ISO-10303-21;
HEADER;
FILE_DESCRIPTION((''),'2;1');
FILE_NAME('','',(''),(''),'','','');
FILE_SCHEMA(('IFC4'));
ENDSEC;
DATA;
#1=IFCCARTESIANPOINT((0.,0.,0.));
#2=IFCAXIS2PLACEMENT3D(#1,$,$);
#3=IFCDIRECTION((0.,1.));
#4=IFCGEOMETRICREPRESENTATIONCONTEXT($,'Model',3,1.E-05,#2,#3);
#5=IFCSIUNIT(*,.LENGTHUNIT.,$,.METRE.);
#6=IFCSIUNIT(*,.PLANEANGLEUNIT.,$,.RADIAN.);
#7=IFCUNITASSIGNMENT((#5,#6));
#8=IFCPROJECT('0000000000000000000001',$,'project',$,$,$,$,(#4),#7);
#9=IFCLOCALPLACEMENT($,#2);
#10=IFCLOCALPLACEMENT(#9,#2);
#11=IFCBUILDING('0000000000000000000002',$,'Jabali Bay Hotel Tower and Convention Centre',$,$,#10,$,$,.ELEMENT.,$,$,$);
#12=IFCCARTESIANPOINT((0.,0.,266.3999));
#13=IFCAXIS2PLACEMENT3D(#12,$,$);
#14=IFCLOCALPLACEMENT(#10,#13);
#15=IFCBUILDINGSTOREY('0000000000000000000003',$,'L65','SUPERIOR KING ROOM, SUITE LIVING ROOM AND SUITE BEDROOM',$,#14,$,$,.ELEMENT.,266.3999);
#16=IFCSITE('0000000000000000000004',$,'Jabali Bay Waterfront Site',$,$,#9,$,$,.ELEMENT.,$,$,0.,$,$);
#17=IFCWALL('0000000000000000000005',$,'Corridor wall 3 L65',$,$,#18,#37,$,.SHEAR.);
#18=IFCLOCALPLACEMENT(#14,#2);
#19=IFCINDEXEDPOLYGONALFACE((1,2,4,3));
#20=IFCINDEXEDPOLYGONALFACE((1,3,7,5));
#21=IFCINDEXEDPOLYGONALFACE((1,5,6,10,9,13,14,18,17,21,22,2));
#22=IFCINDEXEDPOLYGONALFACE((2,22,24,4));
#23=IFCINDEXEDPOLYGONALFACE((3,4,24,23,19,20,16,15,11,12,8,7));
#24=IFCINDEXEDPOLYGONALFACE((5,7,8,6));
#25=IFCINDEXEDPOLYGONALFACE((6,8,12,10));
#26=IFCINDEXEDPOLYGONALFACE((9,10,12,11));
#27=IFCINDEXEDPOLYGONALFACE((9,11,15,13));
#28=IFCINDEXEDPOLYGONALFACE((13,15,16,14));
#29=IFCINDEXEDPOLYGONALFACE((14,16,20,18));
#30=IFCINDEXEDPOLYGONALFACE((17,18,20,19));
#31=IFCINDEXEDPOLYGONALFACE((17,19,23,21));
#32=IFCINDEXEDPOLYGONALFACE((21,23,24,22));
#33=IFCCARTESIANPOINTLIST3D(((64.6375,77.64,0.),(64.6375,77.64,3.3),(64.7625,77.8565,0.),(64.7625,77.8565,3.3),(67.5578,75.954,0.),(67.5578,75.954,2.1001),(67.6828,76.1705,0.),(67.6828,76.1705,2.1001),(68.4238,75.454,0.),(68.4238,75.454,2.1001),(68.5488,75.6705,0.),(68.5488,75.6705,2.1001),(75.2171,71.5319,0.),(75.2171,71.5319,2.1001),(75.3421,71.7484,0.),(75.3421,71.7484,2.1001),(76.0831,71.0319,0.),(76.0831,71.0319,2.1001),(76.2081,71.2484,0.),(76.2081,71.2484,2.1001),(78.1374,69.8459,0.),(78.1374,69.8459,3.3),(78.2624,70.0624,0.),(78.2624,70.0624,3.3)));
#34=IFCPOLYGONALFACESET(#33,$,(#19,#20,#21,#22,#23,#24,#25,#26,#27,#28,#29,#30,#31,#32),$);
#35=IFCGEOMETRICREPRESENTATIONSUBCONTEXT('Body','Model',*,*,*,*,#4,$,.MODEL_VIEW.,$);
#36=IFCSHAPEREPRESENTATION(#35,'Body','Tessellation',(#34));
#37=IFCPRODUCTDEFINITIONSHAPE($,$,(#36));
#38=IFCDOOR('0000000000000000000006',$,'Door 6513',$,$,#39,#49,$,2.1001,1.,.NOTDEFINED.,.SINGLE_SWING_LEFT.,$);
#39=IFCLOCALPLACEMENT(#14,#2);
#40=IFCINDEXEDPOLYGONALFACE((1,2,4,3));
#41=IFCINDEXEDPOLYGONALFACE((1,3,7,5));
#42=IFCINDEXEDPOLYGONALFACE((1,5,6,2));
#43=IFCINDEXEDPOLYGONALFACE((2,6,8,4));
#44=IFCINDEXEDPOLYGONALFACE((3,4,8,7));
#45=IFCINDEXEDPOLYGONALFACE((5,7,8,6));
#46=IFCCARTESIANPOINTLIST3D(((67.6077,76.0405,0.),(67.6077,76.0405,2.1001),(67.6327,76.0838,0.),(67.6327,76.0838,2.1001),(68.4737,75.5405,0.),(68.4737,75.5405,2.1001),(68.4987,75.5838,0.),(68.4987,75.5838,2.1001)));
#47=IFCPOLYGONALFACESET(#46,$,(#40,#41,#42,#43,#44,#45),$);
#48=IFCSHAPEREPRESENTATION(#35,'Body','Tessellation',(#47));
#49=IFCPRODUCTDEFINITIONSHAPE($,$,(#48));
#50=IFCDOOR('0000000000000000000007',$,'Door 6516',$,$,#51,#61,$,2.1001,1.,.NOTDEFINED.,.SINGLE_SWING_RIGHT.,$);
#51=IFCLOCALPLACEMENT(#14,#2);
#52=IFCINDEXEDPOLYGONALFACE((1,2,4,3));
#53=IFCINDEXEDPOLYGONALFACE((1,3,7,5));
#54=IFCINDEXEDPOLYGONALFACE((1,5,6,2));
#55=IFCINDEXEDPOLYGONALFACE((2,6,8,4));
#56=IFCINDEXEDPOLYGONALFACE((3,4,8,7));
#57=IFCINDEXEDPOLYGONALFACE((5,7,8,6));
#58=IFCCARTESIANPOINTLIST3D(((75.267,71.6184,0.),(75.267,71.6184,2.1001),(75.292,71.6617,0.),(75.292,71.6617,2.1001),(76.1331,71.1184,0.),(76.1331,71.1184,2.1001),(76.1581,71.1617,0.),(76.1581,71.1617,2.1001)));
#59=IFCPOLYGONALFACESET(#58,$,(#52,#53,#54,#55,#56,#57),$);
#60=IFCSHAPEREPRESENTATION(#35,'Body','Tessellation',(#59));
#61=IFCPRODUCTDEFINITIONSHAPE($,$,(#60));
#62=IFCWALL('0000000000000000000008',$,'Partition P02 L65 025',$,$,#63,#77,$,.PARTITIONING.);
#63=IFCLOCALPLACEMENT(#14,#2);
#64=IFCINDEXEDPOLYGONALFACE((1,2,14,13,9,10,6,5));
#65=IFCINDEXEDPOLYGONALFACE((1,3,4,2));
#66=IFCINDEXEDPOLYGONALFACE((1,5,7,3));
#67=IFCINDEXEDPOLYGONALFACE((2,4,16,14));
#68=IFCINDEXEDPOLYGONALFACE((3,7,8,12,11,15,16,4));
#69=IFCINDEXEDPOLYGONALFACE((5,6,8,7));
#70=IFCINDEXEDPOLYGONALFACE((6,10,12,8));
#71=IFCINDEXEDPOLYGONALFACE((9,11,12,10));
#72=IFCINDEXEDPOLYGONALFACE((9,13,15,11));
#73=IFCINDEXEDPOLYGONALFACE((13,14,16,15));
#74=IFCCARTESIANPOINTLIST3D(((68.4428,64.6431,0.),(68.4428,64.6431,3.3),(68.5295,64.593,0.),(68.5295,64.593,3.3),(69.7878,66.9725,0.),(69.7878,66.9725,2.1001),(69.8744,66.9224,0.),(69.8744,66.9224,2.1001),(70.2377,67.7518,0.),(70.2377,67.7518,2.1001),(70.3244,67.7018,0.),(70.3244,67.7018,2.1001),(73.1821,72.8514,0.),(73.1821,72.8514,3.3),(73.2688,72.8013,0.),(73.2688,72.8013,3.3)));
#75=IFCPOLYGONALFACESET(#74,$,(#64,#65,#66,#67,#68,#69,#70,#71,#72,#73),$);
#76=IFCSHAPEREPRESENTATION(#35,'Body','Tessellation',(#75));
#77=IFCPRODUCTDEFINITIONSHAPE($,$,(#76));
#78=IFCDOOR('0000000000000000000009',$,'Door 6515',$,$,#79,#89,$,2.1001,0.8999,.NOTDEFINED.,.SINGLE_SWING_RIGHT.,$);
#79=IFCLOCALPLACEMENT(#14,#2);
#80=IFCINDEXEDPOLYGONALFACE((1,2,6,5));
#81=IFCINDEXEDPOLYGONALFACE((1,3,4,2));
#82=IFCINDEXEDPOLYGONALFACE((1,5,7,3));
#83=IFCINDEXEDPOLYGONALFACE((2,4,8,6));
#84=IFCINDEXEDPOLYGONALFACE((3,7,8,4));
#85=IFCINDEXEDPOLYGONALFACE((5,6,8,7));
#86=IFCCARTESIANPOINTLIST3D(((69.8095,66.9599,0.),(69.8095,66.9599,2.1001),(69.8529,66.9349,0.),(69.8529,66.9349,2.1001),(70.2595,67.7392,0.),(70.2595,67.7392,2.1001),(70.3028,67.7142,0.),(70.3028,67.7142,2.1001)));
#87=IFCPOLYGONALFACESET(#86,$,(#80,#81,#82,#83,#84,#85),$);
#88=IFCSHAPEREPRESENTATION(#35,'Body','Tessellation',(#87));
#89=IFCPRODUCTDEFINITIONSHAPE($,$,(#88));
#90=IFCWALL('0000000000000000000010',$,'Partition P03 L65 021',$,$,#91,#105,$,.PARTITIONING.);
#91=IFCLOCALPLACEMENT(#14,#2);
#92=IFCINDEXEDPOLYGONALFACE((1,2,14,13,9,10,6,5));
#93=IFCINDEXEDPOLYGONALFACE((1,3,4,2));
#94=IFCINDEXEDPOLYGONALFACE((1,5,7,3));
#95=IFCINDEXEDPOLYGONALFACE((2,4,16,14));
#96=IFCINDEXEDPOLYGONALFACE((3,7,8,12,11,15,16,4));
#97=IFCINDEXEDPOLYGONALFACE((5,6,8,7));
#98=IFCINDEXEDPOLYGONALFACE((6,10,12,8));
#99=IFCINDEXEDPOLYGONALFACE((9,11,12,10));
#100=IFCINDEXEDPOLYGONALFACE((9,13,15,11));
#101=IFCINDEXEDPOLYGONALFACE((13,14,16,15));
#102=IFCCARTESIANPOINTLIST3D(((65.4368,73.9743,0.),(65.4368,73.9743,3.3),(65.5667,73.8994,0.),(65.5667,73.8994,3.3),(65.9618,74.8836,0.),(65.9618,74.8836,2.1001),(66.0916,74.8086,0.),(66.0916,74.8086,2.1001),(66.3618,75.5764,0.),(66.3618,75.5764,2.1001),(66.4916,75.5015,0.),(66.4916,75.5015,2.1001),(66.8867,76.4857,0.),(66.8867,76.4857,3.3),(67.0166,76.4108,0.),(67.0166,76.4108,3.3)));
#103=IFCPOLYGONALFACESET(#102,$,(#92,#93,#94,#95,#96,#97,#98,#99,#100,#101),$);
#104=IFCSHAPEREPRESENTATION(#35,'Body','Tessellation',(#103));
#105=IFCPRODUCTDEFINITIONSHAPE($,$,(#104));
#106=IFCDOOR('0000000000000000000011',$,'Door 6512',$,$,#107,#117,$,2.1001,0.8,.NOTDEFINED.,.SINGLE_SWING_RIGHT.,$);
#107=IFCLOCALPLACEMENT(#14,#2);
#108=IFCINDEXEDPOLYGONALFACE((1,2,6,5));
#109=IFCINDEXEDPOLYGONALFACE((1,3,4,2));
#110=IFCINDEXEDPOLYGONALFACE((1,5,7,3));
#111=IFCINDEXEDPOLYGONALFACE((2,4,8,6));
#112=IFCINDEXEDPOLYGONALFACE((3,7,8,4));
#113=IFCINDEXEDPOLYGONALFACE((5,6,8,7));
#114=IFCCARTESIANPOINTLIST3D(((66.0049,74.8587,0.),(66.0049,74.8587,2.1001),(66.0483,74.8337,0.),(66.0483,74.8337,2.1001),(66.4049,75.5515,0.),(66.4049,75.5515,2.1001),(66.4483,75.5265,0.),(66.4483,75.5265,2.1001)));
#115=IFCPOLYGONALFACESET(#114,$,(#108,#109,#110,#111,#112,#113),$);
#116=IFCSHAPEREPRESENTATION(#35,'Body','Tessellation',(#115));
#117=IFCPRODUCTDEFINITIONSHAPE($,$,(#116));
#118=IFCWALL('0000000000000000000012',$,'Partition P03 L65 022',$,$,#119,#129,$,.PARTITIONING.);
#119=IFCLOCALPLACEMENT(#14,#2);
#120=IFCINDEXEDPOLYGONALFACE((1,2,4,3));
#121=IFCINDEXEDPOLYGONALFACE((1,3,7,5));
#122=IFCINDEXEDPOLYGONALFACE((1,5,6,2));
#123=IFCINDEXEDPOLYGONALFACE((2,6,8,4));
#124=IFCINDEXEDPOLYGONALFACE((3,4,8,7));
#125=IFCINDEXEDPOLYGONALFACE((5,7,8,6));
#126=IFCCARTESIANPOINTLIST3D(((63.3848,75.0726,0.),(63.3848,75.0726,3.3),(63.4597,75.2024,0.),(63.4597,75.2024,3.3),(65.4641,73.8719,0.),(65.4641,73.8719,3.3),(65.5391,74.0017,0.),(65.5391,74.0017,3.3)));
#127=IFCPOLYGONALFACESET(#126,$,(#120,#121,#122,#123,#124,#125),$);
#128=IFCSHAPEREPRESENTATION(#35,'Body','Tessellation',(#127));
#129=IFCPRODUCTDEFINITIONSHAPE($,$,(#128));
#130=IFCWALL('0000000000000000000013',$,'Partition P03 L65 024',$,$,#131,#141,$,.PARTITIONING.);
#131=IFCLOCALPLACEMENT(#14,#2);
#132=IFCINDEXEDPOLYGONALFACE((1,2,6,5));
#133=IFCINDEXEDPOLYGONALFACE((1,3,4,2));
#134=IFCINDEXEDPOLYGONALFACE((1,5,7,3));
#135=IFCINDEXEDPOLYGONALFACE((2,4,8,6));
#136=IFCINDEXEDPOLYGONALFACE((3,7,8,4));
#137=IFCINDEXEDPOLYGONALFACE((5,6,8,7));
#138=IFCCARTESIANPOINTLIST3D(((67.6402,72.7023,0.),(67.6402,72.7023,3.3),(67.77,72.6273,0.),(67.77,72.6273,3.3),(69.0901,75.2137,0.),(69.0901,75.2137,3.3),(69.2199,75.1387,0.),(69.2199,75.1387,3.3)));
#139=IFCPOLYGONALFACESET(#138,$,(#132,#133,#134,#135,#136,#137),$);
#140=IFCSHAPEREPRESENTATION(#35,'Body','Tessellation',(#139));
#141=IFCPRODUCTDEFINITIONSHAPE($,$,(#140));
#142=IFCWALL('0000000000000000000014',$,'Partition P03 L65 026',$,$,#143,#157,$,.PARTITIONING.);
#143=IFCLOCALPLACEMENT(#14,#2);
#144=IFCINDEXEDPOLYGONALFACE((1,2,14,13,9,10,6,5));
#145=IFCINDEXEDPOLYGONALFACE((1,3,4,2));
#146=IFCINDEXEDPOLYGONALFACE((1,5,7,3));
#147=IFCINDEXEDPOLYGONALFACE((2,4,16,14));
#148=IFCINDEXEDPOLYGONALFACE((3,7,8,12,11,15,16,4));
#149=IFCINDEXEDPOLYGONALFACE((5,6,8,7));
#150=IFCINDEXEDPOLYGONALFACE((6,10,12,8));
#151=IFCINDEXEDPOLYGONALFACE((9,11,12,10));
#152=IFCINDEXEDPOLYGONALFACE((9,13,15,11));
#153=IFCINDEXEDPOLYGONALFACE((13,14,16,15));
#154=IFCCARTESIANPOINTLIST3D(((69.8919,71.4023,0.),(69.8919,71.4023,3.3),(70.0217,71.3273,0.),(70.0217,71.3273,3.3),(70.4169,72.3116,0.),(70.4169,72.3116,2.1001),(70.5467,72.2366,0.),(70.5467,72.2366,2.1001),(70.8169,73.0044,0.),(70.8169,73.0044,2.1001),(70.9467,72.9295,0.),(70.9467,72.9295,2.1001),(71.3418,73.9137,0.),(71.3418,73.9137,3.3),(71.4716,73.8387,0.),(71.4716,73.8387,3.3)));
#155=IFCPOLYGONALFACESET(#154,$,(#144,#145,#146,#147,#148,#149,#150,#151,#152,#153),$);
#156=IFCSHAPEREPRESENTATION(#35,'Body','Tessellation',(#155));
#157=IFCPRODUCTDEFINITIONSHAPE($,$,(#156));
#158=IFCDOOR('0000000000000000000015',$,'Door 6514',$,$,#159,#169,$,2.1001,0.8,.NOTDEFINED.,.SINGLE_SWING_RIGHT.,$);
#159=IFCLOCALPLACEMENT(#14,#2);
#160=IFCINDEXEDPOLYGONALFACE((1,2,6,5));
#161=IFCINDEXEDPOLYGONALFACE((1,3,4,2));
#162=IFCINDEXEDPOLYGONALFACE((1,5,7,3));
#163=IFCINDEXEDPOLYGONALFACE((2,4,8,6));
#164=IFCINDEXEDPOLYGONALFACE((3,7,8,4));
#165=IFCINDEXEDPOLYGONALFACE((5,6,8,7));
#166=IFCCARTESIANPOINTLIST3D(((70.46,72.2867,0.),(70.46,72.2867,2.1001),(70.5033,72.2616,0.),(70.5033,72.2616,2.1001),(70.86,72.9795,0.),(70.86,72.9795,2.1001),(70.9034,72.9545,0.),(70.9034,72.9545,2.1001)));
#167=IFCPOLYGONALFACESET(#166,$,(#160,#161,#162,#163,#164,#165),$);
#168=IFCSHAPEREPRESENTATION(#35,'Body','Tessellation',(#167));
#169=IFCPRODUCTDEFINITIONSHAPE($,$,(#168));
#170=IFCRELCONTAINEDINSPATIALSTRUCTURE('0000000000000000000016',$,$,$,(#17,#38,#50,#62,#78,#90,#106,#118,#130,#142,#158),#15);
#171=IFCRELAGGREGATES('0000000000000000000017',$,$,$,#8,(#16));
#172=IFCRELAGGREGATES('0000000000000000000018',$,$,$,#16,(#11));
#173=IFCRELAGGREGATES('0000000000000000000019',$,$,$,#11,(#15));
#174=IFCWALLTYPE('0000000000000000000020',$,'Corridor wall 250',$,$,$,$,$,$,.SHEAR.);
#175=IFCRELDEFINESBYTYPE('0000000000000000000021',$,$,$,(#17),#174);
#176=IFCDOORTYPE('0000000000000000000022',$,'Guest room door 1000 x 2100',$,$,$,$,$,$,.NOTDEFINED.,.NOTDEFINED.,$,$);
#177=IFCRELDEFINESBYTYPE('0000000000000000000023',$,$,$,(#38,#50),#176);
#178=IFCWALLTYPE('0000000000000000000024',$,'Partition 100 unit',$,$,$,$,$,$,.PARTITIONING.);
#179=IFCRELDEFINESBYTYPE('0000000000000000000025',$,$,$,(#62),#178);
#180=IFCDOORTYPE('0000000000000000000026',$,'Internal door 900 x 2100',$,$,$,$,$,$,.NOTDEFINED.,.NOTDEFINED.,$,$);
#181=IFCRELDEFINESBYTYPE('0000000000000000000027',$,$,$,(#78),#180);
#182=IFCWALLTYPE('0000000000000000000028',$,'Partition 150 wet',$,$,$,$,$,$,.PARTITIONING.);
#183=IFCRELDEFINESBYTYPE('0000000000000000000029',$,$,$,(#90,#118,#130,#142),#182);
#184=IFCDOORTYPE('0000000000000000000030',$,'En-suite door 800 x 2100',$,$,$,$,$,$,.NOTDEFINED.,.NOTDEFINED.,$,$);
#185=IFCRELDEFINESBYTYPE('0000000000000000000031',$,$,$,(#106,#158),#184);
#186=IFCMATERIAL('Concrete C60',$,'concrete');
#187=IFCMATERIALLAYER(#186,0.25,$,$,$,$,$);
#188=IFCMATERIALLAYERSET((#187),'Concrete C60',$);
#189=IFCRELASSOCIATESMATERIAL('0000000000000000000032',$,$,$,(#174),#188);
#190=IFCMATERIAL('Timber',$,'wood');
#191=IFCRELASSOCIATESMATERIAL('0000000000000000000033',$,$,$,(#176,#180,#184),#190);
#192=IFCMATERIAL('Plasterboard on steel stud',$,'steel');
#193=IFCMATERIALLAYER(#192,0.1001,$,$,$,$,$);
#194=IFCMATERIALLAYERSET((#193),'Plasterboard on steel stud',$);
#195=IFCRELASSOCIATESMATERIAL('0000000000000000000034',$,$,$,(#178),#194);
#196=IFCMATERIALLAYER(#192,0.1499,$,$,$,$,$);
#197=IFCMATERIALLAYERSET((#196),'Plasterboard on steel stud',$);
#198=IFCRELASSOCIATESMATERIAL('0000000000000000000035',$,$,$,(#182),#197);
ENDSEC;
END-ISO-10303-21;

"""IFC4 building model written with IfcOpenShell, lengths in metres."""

from ifc_helpers import new_model, si_unit, direction, frame, frame_2d, origin, place, context, subcontext, project, spatial, rectangle, extrude, material, layer, layer_set, type_object, element, fill, save


model = new_model("IFC4")

# Units and contexts
model_context = context("Model", 3, precision=1e-05, world=origin(), true_north=direction((0.0, 1.0)))
body_context = subcontext(model_context, "Body", "Model", "MODEL_VIEW")
ifc_project = project(units=[si_unit("LENGTHUNIT", "METRE"), si_unit("PLANEANGLEUNIT", "RADIAN")], contexts=[model_context])

# Site, building, storey
site_placement = place(None, origin())
site = spatial("IfcSite", under=ifc_project, at=site_placement, Name="Jabali Bay Waterfront Site", CompositionType="ELEMENT", RefElevation=0.0)
building_placement = place(site_placement, origin())
building = spatial("IfcBuilding", under=site, at=building_placement, Name="Jabali Bay Hotel Tower and Convention Centre", CompositionType="ELEMENT")
storey_placement = place(building_placement, frame((0.0, 0.0, 266.3999)))
storey = spatial("IfcBuildingStorey", under=building, at=storey_placement, Name="L65", Description="SUPERIOR KING ROOM, SUITE LIVING ROOM AND SUITE BEDROOM", CompositionType="ELEMENT", Elevation=266.3999)

# Shared definitions
ifc_material_1 = material(Name="Concrete C60", Category="concrete")

# Wall, openings, doors
ifc_layer_1 = layer(ifc_material_1, 0.25)
ifc_layer_set_1 = layer_set([ifc_layer_1], Name="Concrete C60")
wall_type_1 = type_object("IfcWallType", Name="Corridor wall 250", PredefinedType="SHEAR", material=ifc_layer_set_1)
wall_1_placement = place(storey_placement, frame((64.7, 77.7483, 0.0), z_axis=(0.0, 0.0, 1.0), x_axis=(0.866026, -0.499998, 0.0)))
wall_1 = element("IfcWall", 1, at=wall_1_placement, inside=storey, type_object=wall_type_1, Name="Corridor wall 3 L65", PredefinedType="SHEAR", context=body_context, shape_type="SweptSolid", body=[
    extrude(rectangle(XDim=15.5884, YDim=0.25, at=frame_2d((7.7942, 0.0))), origin(), (0.0, 0.0, 1.0), 3.3),
])
opening_1_placement = place(wall_1_placement, frame((3.3721, 0.0, 0.0)))
opening_1 = element("IfcOpeningElement", 2, at=opening_1_placement, cuts=wall_1, PredefinedType="OPENING", context=body_context, shape_type="SweptSolid", body=[
    extrude(rectangle(XDim=1.0, YDim=2.1001, at=frame_2d((0.5, 1.05))), frame((0.0, 0.1355, 0.0), z_axis=(0.0, -1.0, 0.0), x_axis=(1.0, 0.0, 0.0)), (0.0, 0.0, 1.0), 0.271),
])
opening_2_placement = place(wall_1_placement, frame((12.2163, 0.0, 0.0)))
opening_2 = element("IfcOpeningElement", 3, at=opening_2_placement, cuts=wall_1, PredefinedType="OPENING", context=body_context, shape_type="SweptSolid", body=[
    extrude(rectangle(XDim=1.0, YDim=2.1001, at=frame_2d((0.5, 1.05))), frame((0.0, 0.1355, 0.0), z_axis=(0.0, -1.0, 0.0), x_axis=(1.0, 0.0, 0.0)), (0.0, 0.0, 1.0), 0.271),
])
ifc_material_2 = material(Name="Timber", Category="wood")
door_type_1 = type_object("IfcDoorType", Name="Guest room door 1000 x 2100", OperationType="NOTDEFINED", PredefinedType="NOTDEFINED", material=ifc_material_2)
door_1_placement = place(opening_1_placement, origin())
door_1 = element("IfcDoor", 4, at=door_1_placement, inside=storey, type_object=door_type_1, Name="Door 6513", OperationType="SINGLE_SWING_LEFT", OverallHeight=2.1001, OverallWidth=1.0, PredefinedType="NOTDEFINED", context=body_context, shape_type="SweptSolid", body=[
    extrude(rectangle(XDim=1.0, YDim=2.1001, at=frame_2d((0.5, 1.05))), frame((0.0, 0.0249, 0.0), z_axis=(0.0, -1.0, 0.0), x_axis=(1.0, 0.0, 0.0)), (0.0, 0.0, 1.0), 0.05),
])
fill(opening_1, door_1)
door_2_placement = place(opening_2_placement, origin())
door_2 = element("IfcDoor", 5, at=door_2_placement, inside=storey, type_object=door_type_1, Name="Door 6516", OperationType="SINGLE_SWING_RIGHT", OverallHeight=2.1001, OverallWidth=1.0, PredefinedType="NOTDEFINED", context=body_context, shape_type="SweptSolid", body=[
    extrude(rectangle(XDim=1.0, YDim=2.1001, at=frame_2d((0.5, 1.05))), frame((0.0, 0.0249, 0.0), z_axis=(0.0, -1.0, 0.0), x_axis=(1.0, 0.0, 0.0)), (0.0, 0.0, 1.0), 0.05),
])
fill(opening_2, door_2)

# Walls, openings, doors
ifc_material_3 = material(Name="Plasterboard on steel stud", Category="steel")
ifc_layer_2 = layer(ifc_material_3, 0.1001)
ifc_layer_set_2 = layer_set([ifc_layer_2], Name="Plasterboard on steel stud")
wall_type_2 = type_object("IfcWallType", Name="Partition 100 unit", PredefinedType="PARTITIONING", material=ifc_layer_set_2)
wall_2_placement = place(storey_placement, frame((68.4861, 64.6179, 0.0), z_axis=(0.0, 0.0, 1.0), x_axis=(0.500018, 0.866015, 0.0)))
wall_2 = element("IfcWall", 6, at=wall_2_placement, inside=storey, type_object=wall_type_2, Name="Partition P02 L65 025", PredefinedType="PARTITIONING", context=body_context, shape_type="SweptSolid", body=[
    extrude(rectangle(XDim=9.4783, YDim=0.1001, at=frame_2d((4.7393, 0.0))), origin(), (0.0, 0.0, 1.0), 3.3),
])
opening_3_placement = place(wall_2_placement, frame((2.6899, 0.0, 0.0)))
opening_3 = element("IfcOpeningElement", 7, at=opening_3_placement, cuts=wall_2, PredefinedType="OPENING", context=body_context, shape_type="SweptSolid", body=[
    extrude(rectangle(XDim=0.8999, YDim=2.1001, at=frame_2d((0.45, 1.05))), frame((0.0, 0.0605, 0.0), z_axis=(0.0, -1.0, 0.0), x_axis=(1.0, 0.0, 0.0)), (0.0, 0.0, 1.0), 0.1211),
])
door_type_2 = type_object("IfcDoorType", Name="Internal door 900 x 2100", OperationType="NOTDEFINED", PredefinedType="NOTDEFINED", material=ifc_material_2)
door_3_placement = place(opening_3_placement, origin())
door_3 = element("IfcDoor", 8, at=door_3_placement, inside=storey, type_object=door_type_2, Name="Door 6515", OperationType="SINGLE_SWING_RIGHT", OverallHeight=2.1001, OverallWidth=0.8999, PredefinedType="NOTDEFINED", context=body_context, shape_type="SweptSolid", body=[
    extrude(rectangle(XDim=0.8999, YDim=2.1001, at=frame_2d((0.45, 1.05))), frame((0.0, 0.0249, 0.0), z_axis=(0.0, -1.0, 0.0), x_axis=(1.0, 0.0, 0.0)), (0.0, 0.0, 1.0), 0.05),
])
fill(opening_3, door_3)
ifc_layer_3 = layer(ifc_material_3, 0.1499)
ifc_layer_set_3 = layer_set([ifc_layer_3], Name="Plasterboard on steel stud")
wall_type_3 = type_object("IfcWallType", Name="Partition 150 wet", PredefinedType="PARTITIONING", material=ifc_layer_set_3)
wall_3_placement = place(storey_placement, frame((66.9517, 76.4482, 0.0), z_axis=(0.0, 0.0, 1.0), x_axis=(-0.499987, -0.866033, 0.0)))
wall_3 = element("IfcWall", 9, at=wall_3_placement, inside=storey, type_object=wall_type_3, Name="Partition P03 L65 021", PredefinedType="PARTITIONING", context=body_context, shape_type="SweptSolid", body=[
    extrude(rectangle(XDim=2.8999, YDim=0.1499, at=frame_2d((1.45, 0.0))), origin(), (0.0, 0.0, 1.0), 3.3),
])
opening_4_placement = place(wall_3_placement, frame((1.05, 0.0, 0.0)))
opening_4 = element("IfcOpeningElement", 10, at=opening_4_placement, cuts=wall_3, PredefinedType="OPENING", context=body_context, shape_type="SweptSolid", body=[
    extrude(rectangle(XDim=0.8, YDim=2.1001, at=frame_2d((0.3999, 1.05))), frame((0.0, 0.0854, 0.0), z_axis=(0.0, -1.0, 0.0), x_axis=(1.0, 0.0, 0.0)), (0.0, 0.0, 1.0), 0.1709),
])
door_type_3 = type_object("IfcDoorType", Name="En-suite door 800 x 2100", OperationType="NOTDEFINED", PredefinedType="NOTDEFINED", material=ifc_material_2)
door_4_placement = place(opening_4_placement, origin())
door_4 = element("IfcDoor", 11, at=door_4_placement, inside=storey, type_object=door_type_3, Name="Door 6512", OperationType="SINGLE_SWING_RIGHT", OverallHeight=2.1001, OverallWidth=0.8, PredefinedType="NOTDEFINED", context=body_context, shape_type="SweptSolid", body=[
    extrude(rectangle(XDim=0.8, YDim=2.1001, at=frame_2d((0.3999, 1.05))), frame((0.0, 0.0249, 0.0), z_axis=(0.0, -1.0, 0.0), x_axis=(1.0, 0.0, 0.0)), (0.0, 0.0, 1.0), 0.05),
])
fill(opening_4, door_4)

# Walls
wall_4_placement = place(storey_placement, frame((65.5017, 73.9368, 0.0), z_axis=(0.0, 0.0, 1.0), x_axis=(-0.865994, 0.500054, 0.0)))
element("IfcWall", 12, at=wall_4_placement, inside=storey, type_object=wall_type_3, Name="Partition P03 L65 022", PredefinedType="PARTITIONING", context=body_context, shape_type="SweptSolid", body=[
    extrude(rectangle(XDim=2.4011, YDim=0.1499, at=frame_2d((1.2007, 0.0))), origin(), (0.0, 0.0, 1.0), 3.3),
])
wall_5_placement = place(storey_placement, frame((67.7051, 72.6648, 0.0), z_axis=(0.0, 0.0, 1.0), x_axis=(0.499987, 0.866033, 0.0)))
element("IfcWall", 13, at=wall_5_placement, inside=storey, type_object=wall_type_3, Name="Partition P03 L65 024", PredefinedType="PARTITIONING", context=body_context, shape_type="SweptSolid", body=[
    extrude(rectangle(XDim=2.8999, YDim=0.1499, at=frame_2d((1.45, 0.0))), origin(), (0.0, 0.0, 1.0), 3.3),
])

# Wall, opening, door
wall_6_placement = place(storey_placement, frame((71.4067, 73.8762, 0.0), z_axis=(0.0, 0.0, 1.0), x_axis=(-0.499987, -0.866033, 0.0)))
wall_6 = element("IfcWall", 14, at=wall_6_placement, inside=storey, type_object=wall_type_3, Name="Partition P03 L65 026", PredefinedType="PARTITIONING", context=body_context, shape_type="SweptSolid", body=[
    extrude(rectangle(XDim=2.8999, YDim=0.1499, at=frame_2d((1.45, 0.0))), origin(), (0.0, 0.0, 1.0), 3.3),
])
opening_5_placement = place(wall_6_placement, frame((1.05, 0.0, 0.0)))
opening_5 = element("IfcOpeningElement", 15, at=opening_5_placement, cuts=wall_6, PredefinedType="OPENING", context=body_context, shape_type="SweptSolid", body=[
    extrude(rectangle(XDim=0.8, YDim=2.1001, at=frame_2d((0.3999, 1.05))), frame((0.0, 0.0854, 0.0), z_axis=(0.0, -1.0, 0.0), x_axis=(1.0, 0.0, 0.0)), (0.0, 0.0, 1.0), 0.1709),
])
door_5_placement = place(opening_5_placement, origin())
door_5 = element("IfcDoor", 16, at=door_5_placement, inside=storey, type_object=door_type_3, Name="Door 6514", OperationType="SINGLE_SWING_RIGHT", OverallHeight=2.1001, OverallWidth=0.8, PredefinedType="NOTDEFINED", context=body_context, shape_type="SweptSolid", body=[
    extrude(rectangle(XDim=0.8, YDim=2.1001, at=frame_2d((0.3999, 1.05))), frame((0.0, 0.0249, 0.0), z_axis=(0.0, -1.0, 0.0), x_axis=(1.0, 0.0, 0.0)), (0.0, 0.0, 1.0), 0.05),
])
fill(opening_5, door_5)

save(model, "model.ifc")
